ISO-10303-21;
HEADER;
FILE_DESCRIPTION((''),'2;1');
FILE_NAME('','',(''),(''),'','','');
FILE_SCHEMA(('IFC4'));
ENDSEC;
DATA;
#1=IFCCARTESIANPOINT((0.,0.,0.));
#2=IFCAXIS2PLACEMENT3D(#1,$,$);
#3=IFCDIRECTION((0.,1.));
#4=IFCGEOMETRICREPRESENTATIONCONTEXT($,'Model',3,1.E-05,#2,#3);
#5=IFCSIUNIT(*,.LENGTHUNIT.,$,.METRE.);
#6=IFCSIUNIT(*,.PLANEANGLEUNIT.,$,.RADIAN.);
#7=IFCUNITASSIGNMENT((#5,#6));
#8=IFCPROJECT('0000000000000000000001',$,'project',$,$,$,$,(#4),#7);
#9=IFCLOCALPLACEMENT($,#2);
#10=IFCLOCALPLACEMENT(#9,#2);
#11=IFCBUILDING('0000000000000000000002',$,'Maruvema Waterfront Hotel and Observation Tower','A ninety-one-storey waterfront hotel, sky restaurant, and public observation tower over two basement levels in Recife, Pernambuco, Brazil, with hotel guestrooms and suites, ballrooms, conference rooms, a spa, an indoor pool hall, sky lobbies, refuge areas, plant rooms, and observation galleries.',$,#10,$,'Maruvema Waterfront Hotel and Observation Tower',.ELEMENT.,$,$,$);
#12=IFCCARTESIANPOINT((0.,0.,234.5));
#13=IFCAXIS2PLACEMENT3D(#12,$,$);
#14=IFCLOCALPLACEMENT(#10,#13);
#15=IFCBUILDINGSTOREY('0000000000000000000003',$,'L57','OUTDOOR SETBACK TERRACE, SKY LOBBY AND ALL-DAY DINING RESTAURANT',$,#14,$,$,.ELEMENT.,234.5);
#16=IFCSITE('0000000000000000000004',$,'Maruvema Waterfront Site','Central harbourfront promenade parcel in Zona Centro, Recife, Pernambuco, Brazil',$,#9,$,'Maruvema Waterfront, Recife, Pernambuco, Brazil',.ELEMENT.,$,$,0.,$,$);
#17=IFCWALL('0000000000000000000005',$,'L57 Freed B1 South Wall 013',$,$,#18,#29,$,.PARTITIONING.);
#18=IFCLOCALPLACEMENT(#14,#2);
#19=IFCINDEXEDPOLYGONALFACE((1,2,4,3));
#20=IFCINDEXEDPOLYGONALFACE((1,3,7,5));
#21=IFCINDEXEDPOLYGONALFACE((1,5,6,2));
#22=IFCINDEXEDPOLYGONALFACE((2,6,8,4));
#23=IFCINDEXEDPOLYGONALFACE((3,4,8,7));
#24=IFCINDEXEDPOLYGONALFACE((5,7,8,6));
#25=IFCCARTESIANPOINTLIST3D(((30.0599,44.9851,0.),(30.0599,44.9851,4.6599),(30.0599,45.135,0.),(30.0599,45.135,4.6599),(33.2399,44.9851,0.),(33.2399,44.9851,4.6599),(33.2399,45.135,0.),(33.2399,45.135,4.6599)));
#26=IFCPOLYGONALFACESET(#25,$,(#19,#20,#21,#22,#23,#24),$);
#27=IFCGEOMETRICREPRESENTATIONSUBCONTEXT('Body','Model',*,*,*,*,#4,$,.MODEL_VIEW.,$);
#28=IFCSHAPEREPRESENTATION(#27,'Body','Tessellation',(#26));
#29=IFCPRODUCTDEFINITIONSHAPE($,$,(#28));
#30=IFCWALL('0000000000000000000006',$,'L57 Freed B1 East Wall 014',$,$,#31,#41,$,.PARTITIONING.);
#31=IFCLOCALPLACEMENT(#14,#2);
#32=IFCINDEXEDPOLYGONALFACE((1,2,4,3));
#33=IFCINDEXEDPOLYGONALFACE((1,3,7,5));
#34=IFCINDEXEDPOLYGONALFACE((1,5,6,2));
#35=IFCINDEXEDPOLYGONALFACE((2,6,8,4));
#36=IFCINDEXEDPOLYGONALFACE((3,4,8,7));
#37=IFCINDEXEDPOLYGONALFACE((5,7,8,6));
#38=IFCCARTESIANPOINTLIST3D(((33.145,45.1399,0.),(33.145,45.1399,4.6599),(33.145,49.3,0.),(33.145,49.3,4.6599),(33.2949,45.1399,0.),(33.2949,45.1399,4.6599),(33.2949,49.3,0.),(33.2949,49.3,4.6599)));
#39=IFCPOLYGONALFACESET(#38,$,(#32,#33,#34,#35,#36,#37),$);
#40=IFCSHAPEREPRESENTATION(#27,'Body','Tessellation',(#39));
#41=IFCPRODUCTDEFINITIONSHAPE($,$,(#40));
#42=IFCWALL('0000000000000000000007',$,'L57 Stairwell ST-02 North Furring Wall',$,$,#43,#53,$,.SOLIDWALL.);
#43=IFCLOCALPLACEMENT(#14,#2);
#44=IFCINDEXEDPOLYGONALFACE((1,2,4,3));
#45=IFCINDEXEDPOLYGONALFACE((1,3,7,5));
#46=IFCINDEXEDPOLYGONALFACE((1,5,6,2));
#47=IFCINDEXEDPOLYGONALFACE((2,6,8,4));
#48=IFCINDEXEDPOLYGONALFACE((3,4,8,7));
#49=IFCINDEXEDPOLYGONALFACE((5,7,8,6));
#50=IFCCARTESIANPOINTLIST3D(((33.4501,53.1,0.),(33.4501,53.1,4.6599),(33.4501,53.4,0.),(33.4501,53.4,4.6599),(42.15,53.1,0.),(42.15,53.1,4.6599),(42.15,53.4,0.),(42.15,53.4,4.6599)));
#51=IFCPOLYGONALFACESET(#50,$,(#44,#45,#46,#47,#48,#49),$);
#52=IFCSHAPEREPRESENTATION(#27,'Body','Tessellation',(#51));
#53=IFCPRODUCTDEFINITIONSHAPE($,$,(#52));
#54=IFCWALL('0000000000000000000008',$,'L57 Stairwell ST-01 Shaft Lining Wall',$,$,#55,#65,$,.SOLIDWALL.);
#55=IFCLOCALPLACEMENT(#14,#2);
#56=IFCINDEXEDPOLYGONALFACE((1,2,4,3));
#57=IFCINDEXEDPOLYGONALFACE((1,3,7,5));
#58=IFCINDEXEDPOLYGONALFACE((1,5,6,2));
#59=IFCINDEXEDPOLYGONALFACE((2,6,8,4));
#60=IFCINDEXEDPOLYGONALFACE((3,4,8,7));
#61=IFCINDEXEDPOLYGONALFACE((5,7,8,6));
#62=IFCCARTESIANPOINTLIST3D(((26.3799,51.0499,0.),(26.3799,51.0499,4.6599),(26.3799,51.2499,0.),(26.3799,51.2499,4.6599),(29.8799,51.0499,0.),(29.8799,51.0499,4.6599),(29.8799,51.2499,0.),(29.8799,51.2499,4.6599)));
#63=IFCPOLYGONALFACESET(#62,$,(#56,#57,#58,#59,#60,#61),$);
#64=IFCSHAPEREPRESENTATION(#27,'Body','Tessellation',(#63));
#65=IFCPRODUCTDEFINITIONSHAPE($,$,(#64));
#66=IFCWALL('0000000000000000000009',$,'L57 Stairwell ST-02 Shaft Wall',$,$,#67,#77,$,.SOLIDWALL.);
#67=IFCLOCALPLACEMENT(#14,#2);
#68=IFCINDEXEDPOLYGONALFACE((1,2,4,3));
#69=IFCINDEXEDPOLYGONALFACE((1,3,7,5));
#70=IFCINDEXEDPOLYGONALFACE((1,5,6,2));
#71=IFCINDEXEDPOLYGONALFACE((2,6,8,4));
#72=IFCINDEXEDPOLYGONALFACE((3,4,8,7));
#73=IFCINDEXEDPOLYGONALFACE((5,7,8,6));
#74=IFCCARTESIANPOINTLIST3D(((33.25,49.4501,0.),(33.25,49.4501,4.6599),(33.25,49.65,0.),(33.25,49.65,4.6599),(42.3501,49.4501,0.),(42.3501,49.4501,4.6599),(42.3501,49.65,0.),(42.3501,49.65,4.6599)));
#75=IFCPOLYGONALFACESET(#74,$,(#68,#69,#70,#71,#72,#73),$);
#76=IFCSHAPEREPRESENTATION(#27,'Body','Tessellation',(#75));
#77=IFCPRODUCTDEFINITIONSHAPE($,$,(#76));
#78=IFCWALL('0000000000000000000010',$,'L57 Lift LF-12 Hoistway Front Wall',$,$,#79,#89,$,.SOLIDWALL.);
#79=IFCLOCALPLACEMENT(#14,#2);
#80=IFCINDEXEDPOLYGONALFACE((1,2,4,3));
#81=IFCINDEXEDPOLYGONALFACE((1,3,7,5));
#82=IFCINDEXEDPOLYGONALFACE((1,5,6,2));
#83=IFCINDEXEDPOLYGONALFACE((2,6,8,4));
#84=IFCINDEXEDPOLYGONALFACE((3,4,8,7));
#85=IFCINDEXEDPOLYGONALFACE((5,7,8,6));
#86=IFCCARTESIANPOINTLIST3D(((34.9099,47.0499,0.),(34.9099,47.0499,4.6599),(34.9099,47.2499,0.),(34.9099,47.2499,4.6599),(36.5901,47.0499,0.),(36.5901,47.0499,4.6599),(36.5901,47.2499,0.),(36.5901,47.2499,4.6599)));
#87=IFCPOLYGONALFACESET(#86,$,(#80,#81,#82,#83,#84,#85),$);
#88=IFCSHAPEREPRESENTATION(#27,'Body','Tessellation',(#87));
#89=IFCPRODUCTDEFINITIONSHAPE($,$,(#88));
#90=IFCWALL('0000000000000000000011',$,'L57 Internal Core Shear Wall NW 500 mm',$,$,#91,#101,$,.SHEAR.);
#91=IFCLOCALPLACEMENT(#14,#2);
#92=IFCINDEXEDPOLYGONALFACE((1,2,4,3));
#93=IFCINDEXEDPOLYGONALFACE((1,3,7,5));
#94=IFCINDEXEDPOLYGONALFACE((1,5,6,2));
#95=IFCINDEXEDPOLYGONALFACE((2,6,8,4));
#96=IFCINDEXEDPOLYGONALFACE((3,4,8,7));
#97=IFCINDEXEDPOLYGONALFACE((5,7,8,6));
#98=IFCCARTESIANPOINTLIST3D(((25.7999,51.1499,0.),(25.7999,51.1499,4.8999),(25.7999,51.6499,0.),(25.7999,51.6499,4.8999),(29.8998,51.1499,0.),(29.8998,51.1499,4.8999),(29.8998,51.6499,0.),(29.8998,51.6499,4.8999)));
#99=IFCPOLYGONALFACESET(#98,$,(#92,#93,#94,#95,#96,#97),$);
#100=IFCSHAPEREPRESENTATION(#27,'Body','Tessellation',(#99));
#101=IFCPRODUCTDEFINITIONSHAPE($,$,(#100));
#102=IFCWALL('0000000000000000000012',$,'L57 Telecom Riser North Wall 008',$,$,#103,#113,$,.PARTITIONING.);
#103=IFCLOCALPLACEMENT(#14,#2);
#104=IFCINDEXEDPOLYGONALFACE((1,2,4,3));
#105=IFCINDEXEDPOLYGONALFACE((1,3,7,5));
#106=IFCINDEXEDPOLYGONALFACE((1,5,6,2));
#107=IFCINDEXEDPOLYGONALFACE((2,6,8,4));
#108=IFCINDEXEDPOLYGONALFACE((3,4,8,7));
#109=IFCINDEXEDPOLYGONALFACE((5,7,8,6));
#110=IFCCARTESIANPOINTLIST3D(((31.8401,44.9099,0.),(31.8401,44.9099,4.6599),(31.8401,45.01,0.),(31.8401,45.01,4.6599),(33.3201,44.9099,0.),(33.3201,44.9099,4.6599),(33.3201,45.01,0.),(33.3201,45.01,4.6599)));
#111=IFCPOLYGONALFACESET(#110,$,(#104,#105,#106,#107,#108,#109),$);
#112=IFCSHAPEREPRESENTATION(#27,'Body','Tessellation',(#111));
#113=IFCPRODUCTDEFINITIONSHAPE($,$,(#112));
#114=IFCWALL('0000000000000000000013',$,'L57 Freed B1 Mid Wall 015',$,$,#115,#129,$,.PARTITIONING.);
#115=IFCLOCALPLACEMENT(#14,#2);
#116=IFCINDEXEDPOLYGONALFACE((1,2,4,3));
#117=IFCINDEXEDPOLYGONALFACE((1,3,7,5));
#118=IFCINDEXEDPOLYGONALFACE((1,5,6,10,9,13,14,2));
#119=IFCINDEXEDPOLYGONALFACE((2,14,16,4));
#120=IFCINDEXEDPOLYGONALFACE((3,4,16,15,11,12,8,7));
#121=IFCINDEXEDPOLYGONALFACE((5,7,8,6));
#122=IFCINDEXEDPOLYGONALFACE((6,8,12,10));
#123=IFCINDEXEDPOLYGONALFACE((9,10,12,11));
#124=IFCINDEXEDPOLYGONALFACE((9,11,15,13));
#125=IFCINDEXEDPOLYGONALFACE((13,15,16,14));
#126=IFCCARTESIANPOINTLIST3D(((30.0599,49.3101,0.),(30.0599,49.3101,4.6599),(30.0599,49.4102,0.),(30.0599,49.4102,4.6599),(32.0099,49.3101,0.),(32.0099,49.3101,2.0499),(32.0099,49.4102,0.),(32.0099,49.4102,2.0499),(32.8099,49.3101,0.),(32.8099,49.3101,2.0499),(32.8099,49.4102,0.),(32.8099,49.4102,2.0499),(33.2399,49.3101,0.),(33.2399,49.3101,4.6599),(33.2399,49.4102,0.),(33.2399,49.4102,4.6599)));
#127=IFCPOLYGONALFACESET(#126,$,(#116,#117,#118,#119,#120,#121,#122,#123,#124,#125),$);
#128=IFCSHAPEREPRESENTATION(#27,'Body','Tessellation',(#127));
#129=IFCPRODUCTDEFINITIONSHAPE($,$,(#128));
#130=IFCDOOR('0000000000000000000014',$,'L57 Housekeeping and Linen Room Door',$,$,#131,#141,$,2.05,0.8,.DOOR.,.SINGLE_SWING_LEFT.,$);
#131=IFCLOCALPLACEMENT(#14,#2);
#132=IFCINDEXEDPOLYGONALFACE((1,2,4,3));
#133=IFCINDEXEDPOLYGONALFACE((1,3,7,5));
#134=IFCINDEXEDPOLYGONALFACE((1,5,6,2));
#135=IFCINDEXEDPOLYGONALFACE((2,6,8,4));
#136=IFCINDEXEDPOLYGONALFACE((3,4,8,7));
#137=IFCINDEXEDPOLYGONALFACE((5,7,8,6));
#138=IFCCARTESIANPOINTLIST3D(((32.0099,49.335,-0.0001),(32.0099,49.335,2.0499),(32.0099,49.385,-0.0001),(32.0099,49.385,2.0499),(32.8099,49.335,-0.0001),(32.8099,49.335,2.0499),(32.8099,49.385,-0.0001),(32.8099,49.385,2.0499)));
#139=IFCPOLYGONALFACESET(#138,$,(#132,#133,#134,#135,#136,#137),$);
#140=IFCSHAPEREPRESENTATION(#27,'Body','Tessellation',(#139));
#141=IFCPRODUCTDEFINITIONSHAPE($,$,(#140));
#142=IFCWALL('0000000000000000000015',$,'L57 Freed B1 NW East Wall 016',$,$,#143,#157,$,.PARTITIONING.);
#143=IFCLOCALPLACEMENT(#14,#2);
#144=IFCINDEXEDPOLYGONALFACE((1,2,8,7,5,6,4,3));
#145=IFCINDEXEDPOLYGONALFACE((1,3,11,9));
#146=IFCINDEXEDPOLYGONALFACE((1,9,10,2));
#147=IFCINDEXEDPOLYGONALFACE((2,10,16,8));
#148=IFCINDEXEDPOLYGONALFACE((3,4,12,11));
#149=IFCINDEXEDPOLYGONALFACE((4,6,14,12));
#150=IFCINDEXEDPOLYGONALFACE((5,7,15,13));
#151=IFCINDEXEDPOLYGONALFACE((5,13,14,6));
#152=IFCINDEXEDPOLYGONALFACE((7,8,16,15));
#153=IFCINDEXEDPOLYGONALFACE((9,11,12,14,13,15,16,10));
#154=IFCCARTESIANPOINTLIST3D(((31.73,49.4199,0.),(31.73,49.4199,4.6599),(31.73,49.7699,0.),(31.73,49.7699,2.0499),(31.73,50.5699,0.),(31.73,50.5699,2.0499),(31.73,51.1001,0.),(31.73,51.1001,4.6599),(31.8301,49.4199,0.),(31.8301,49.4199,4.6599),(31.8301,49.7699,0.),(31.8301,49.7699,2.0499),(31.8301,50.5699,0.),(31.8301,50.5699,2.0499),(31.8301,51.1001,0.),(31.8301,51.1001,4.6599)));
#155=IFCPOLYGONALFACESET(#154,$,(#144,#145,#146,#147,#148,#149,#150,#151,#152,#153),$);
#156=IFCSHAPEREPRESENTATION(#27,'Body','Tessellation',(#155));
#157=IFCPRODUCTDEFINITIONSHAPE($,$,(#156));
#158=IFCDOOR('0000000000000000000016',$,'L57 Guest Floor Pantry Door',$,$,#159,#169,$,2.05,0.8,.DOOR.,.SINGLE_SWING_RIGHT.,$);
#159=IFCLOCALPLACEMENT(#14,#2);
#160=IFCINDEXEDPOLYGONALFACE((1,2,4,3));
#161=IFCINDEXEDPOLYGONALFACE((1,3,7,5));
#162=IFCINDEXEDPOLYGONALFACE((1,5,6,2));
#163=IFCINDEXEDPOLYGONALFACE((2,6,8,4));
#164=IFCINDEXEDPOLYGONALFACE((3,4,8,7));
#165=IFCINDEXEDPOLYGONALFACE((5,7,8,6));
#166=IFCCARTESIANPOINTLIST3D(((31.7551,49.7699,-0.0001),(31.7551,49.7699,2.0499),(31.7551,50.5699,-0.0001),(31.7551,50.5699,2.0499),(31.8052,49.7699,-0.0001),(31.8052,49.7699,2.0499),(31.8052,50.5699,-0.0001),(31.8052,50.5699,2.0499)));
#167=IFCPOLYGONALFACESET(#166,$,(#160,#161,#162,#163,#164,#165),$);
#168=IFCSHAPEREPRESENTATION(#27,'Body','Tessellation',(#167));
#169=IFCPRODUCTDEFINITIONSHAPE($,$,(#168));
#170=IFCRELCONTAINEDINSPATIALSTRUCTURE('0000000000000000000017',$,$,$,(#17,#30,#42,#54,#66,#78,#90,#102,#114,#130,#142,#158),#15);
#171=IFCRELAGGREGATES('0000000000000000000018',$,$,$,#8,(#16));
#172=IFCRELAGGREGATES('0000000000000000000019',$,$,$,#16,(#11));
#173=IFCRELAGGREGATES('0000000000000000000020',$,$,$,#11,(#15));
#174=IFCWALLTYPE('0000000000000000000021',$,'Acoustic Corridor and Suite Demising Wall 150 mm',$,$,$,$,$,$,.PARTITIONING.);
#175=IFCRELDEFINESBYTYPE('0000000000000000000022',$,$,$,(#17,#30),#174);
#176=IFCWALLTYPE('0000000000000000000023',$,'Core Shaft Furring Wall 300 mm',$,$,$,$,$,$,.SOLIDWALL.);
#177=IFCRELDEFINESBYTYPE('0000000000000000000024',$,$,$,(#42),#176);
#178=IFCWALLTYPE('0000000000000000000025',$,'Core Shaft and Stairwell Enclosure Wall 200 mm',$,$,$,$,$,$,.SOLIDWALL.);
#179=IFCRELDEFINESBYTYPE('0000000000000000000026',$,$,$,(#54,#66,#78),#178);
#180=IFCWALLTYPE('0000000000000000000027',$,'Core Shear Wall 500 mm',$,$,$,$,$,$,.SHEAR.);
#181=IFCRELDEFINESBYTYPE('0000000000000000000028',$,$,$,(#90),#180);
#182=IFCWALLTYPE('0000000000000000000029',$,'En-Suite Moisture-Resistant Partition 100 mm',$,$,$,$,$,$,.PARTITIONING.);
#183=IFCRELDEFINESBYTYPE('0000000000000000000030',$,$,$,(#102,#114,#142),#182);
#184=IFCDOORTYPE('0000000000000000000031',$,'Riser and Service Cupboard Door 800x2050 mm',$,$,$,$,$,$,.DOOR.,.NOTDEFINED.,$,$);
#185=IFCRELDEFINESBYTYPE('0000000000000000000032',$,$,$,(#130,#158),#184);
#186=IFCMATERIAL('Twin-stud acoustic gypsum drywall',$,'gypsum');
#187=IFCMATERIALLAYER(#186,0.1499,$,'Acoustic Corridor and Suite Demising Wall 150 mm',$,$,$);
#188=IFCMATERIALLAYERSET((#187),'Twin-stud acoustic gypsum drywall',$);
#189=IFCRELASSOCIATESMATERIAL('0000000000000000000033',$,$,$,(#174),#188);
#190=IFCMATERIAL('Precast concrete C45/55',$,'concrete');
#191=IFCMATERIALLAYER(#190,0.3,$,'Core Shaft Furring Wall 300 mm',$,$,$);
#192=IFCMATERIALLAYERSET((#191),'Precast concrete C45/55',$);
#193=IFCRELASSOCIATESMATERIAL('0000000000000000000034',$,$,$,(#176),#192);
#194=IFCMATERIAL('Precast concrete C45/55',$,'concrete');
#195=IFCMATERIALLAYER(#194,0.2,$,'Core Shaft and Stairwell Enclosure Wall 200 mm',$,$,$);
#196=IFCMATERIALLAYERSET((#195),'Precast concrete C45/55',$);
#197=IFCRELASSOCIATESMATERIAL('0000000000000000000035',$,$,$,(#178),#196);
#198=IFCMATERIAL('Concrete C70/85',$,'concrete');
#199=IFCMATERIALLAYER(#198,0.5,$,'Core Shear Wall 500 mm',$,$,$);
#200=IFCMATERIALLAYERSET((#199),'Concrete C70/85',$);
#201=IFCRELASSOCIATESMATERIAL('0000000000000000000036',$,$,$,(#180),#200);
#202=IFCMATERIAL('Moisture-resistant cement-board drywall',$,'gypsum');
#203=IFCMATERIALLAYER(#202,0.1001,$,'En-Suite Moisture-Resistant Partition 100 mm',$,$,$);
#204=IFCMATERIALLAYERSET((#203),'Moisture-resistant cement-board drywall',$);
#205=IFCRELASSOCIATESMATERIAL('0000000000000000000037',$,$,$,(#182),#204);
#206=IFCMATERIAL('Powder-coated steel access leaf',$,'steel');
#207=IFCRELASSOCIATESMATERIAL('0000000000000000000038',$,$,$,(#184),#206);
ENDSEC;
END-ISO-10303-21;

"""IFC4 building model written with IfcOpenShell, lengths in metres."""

from ifc_helpers import new_model, si_unit, direction, frame, frame_2d, origin, place, context, subcontext, project, spatial, rectangle, extrude, material, layer, layer_set, type_object, element, fill, save


model = new_model("IFC4")

# Units and contexts
model_context = context("Model", 3, precision=1e-05, world=origin(), true_north=direction((0.0, 1.0)))
body_context = subcontext(model_context, "Body", "Model", "MODEL_VIEW")
ifc_project = project(units=[si_unit("LENGTHUNIT", "METRE"), si_unit("PLANEANGLEUNIT", "RADIAN")], contexts=[model_context])

# Site, building, storey
site_placement = place(None, origin())
site = spatial("IfcSite", under=ifc_project, at=site_placement, Name="Maruvema Waterfront Site", Description="Central harbourfront promenade parcel in Zona Centro, Recife, Pernambuco, Brazil", LongName="Maruvema Waterfront, Recife, Pernambuco, Brazil", CompositionType="ELEMENT", RefElevation=0.0)
building_placement = place(site_placement, origin())
building = spatial("IfcBuilding", under=site, at=building_placement, Name="Maruvema Waterfront Hotel and Observation Tower", Description="A ninety-one-storey waterfront hotel, sky restaurant, and public observation tower over two basement levels in Recife, Pernambuco, Brazil, with hotel guestrooms and suites, ballrooms, conference rooms, a spa, an indoor pool hall, sky lobbies, refuge areas, plant rooms, and observation galleries.", LongName="Maruvema Waterfront Hotel and Observation Tower", CompositionType="ELEMENT")
storey_placement = place(building_placement, frame((0.0, 0.0, 234.5)))
storey = spatial("IfcBuildingStorey", under=building, at=storey_placement, Name="L57", Description="OUTDOOR SETBACK TERRACE, SKY LOBBY AND ALL-DAY DINING RESTAURANT", CompositionType="ELEMENT", Elevation=234.5)

# Walls
ifc_material_1 = material(Name="Twin-stud acoustic gypsum drywall", Category="gypsum")
ifc_layer_1 = layer(ifc_material_1, 0.1499, Name="Acoustic Corridor and Suite Demising Wall 150 mm")
ifc_layer_set_1 = layer_set([ifc_layer_1], Name="Twin-stud acoustic gypsum drywall")
wall_type_1 = type_object("IfcWallType", Name="Acoustic Corridor and Suite Demising Wall 150 mm", PredefinedType="PARTITIONING", material=ifc_layer_set_1)
wall_1_placement = place(storey_placement, frame((30.0601, 45.0601, 0.0), z_axis=(0.0, 0.0, 1.0), x_axis=(1.0, 0.0, 0.0)))
element("IfcWall", 1, at=wall_1_placement, inside=storey, type_object=wall_type_1, Name="L57 Freed B1 South Wall 013", PredefinedType="PARTITIONING", context=body_context, shape_type="SweptSolid", body=[
    extrude(rectangle(XDim=3.1799, YDim=0.1499, at=frame_2d((1.5898, 0.0))), origin(), (0.0, 0.0, 1.0), 4.6599),
])
wall_2_placement = place(storey_placement, frame((33.22, 45.1399, 0.0), z_axis=(0.0, 0.0, 1.0), x_axis=(0.0, 1.0, 0.0)))
element("IfcWall", 2, at=wall_2_placement, inside=storey, type_object=wall_type_1, Name="L57 Freed B1 East Wall 014", PredefinedType="PARTITIONING", context=body_context, shape_type="SweptSolid", body=[
    extrude(rectangle(XDim=4.1602, YDim=0.1499, at=frame_2d((2.0801, 0.0))), origin(), (0.0, 0.0, 1.0), 4.6599),
])
ifc_material_2 = material(Name="Precast concrete C45/55", Category="concrete")
ifc_layer_2 = layer(ifc_material_2, 0.3, Name="Core Shaft Furring Wall 300 mm")
ifc_layer_set_2 = layer_set([ifc_layer_2], Name="Precast concrete C45/55")
wall_type_2 = type_object("IfcWallType", Name="Core Shaft Furring Wall 300 mm", PredefinedType="SOLIDWALL", material=ifc_layer_set_2)
wall_3_placement = place(storey_placement, frame((33.45, 53.25, 0.0), z_axis=(0.0, 0.0, 1.0), x_axis=(1.0, 0.0, 0.0)))
element("IfcWall", 3, at=wall_3_placement, inside=storey, type_object=wall_type_2, Name="L57 Stairwell ST-02 North Furring Wall", PredefinedType="SOLIDWALL", context=body_context, shape_type="SweptSolid", body=[
    extrude(rectangle(XDim=8.7, YDim=0.3, at=frame_2d((4.3501, 0.0))), origin(), (0.0, 0.0, 1.0), 4.6599),
])
ifc_material_3 = material(Name="Precast concrete C45/55", Category="concrete")
ifc_layer_3 = layer(ifc_material_3, 0.2, Name="Core Shaft and Stairwell Enclosure Wall 200 mm")
ifc_layer_set_3 = layer_set([ifc_layer_3], Name="Precast concrete C45/55")
wall_type_3 = type_object("IfcWallType", Name="Core Shaft and Stairwell Enclosure Wall 200 mm", PredefinedType="SOLIDWALL", material=ifc_layer_set_3)
wall_4_placement = place(storey_placement, frame((26.3799, 51.1499, 0.0), z_axis=(0.0, 0.0, 1.0), x_axis=(1.0, 0.0, 0.0)))
element("IfcWall", 4, at=wall_4_placement, inside=storey, type_object=wall_type_3, Name="L57 Stairwell ST-01 Shaft Lining Wall", PredefinedType="SOLIDWALL", context=body_context, shape_type="SweptSolid", body=[
    extrude(rectangle(XDim=3.5, YDim=0.2, at=frame_2d((1.75, 0.0))), origin(), (0.0, 0.0, 1.0), 4.6599),
])
wall_5_placement = place(storey_placement, frame((33.25, 49.55, 0.0), z_axis=(0.0, 0.0, 1.0), x_axis=(1.0, 0.0, 0.0)))
element("IfcWall", 5, at=wall_5_placement, inside=storey, type_object=wall_type_3, Name="L57 Stairwell ST-02 Shaft Wall", PredefinedType="SOLIDWALL", context=body_context, shape_type="SweptSolid", body=[
    extrude(rectangle(XDim=9.1001, YDim=0.2, at=frame_2d((4.55, 0.0))), origin(), (0.0, 0.0, 1.0), 4.6599),
])

# Walls
wall_6_placement = place(storey_placement, frame((34.9099, 47.1499, 0.0), z_axis=(0.0, 0.0, 1.0), x_axis=(1.0, 0.0, 0.0)))
element("IfcWall", 6, at=wall_6_placement, inside=storey, type_object=wall_type_3, Name="L57 Lift LF-12 Hoistway Front Wall", PredefinedType="SOLIDWALL", context=body_context, shape_type="SweptSolid", body=[
    extrude(rectangle(XDim=1.6802, YDim=0.2, at=frame_2d((0.8401, 0.0))), origin(), (0.0, 0.0, 1.0), 4.6599),
])
ifc_material_4 = material(Name="Concrete C70/85", Category="concrete")
ifc_layer_4 = layer(ifc_material_4, 0.5, Name="Core Shear Wall 500 mm")
ifc_layer_set_4 = layer_set([ifc_layer_4], Name="Concrete C70/85")
wall_type_4 = type_object("IfcWallType", Name="Core Shear Wall 500 mm", PredefinedType="SHEAR", material=ifc_layer_set_4)
wall_7_placement = place(storey_placement, frame((25.8, 51.3999, 0.0), z_axis=(0.0, 0.0, 1.0), x_axis=(1.0, 0.0, 0.0)))
element("IfcWall", 7, at=wall_7_placement, inside=storey, type_object=wall_type_4, Name="L57 Internal Core Shear Wall NW 500 mm", PredefinedType="SHEAR", context=body_context, shape_type="SweptSolid", body=[
    extrude(rectangle(XDim=4.0999, YDim=0.5, at=frame_2d((2.0498, 0.0))), origin(), (0.0, 0.0, 1.0), 4.8999),
])
ifc_material_5 = material(Name="Moisture-resistant cement-board drywall", Category="gypsum")
ifc_layer_5 = layer(ifc_material_5, 0.1001, Name="En-Suite Moisture-Resistant Partition 100 mm")
ifc_layer_set_5 = layer_set([ifc_layer_5], Name="Moisture-resistant cement-board drywall")
wall_type_5 = type_object("IfcWallType", Name="En-Suite Moisture-Resistant Partition 100 mm", PredefinedType="PARTITIONING", material=ifc_layer_set_5)
wall_8_placement = place(storey_placement, frame((31.8401, 44.96, 0.0), z_axis=(0.0, 0.0, 1.0), x_axis=(1.0, 0.0, 0.0)))
element("IfcWall", 8, at=wall_8_placement, inside=storey, type_object=wall_type_5, Name="L57 Telecom Riser North Wall 008", PredefinedType="PARTITIONING", context=body_context, shape_type="SweptSolid", body=[
    extrude(rectangle(XDim=1.48, YDim=0.1001, at=frame_2d((0.74, 0.0))), origin(), (0.0, 0.0, 1.0), 4.6599),
])

# Walls, openings, doors
wall_9_placement = place(storey_placement, frame((30.0601, 49.3601, 0.0), z_axis=(0.0, 0.0, 1.0), x_axis=(1.0, 0.0, 0.0)))
wall_9 = element("IfcWall", 9, at=wall_9_placement, inside=storey, type_object=wall_type_5, Name="L57 Freed B1 Mid Wall 015", PredefinedType="PARTITIONING", context=body_context, shape_type="SweptSolid", body=[
    extrude(rectangle(XDim=3.1799, YDim=0.1001, at=frame_2d((1.5898, 0.0))), origin(), (0.0, 0.0, 1.0), 4.6599),
])
opening_1_placement = place(wall_9_placement, frame((1.95, 0.0, 0.0)))
opening_1 = element("IfcOpeningElement", 10, at=opening_1_placement, cuts=wall_9, PredefinedType="OPENING", context=body_context, shape_type="SweptSolid", body=[
    extrude(rectangle(XDim=0.8, YDim=2.05, at=frame_2d((0.3999, 1.0249))), frame((0.0, 0.0601, 0.0), z_axis=(0.0, -1.0, 0.0), x_axis=(1.0, 0.0, 0.0)), (0.0, 0.0, 1.0), 0.1201),
])
ifc_material_6 = material(Name="Powder-coated steel access leaf", Category="steel")
door_type_1 = type_object("IfcDoorType", Name="Riser and Service Cupboard Door 800x2050 mm", OperationType="NOTDEFINED", PredefinedType="DOOR", material=ifc_material_6)
door_1_placement = place(opening_1_placement, origin())
door_1 = element("IfcDoor", 11, at=door_1_placement, inside=storey, type_object=door_type_1, Name="L57 Housekeeping and Linen Room Door", OperationType="SINGLE_SWING_LEFT", OverallHeight=2.05, OverallWidth=0.8, PredefinedType="DOOR", context=body_context, shape_type="SweptSolid", body=[
    extrude(rectangle(XDim=0.8, YDim=2.05, at=frame_2d((0.3999, 1.0249))), frame((0.0, 0.0249, 0.0), z_axis=(0.0, -1.0, 0.0), x_axis=(1.0, 0.0, 0.0)), (0.0, 0.0, 1.0), 0.05),
])
fill(opening_1, door_1)
wall_10_placement = place(storey_placement, frame((31.78, 49.4199, 0.0), z_axis=(0.0, 0.0, 1.0), x_axis=(0.0, 1.0, 0.0)))
wall_10 = element("IfcWall", 12, at=wall_10_placement, inside=storey, type_object=wall_type_5, Name="L57 Freed B1 NW East Wall 016", PredefinedType="PARTITIONING", context=body_context, shape_type="SweptSolid", body=[
    extrude(rectangle(XDim=1.6802, YDim=0.1001, at=frame_2d((0.8401, 0.0))), origin(), (0.0, 0.0, 1.0), 4.6599),
])
opening_2_placement = place(wall_10_placement, frame((0.3501, 0.0, 0.0)))
opening_2 = element("IfcOpeningElement", 13, at=opening_2_placement, cuts=wall_10, PredefinedType="OPENING", context=body_context, shape_type="SweptSolid", body=[
    extrude(rectangle(XDim=0.8, YDim=2.05, at=frame_2d((0.3999, 1.0249))), frame((0.0, 0.0601, 0.0), z_axis=(0.0, -1.0, 0.0), x_axis=(1.0, 0.0, 0.0)), (0.0, 0.0, 1.0), 0.1201),
])
door_2_placement = place(opening_2_placement, origin())
door_2 = element("IfcDoor", 14, at=door_2_placement, inside=storey, type_object=door_type_1, Name="L57 Guest Floor Pantry Door", OperationType="SINGLE_SWING_RIGHT", OverallHeight=2.05, OverallWidth=0.8, PredefinedType="DOOR", context=body_context, shape_type="SweptSolid", body=[
    extrude(rectangle(XDim=0.8, YDim=2.05, at=frame_2d((0.3999, 1.0249))), frame((0.0, 0.0249, 0.0), z_axis=(0.0, -1.0, 0.0), x_axis=(1.0, 0.0, 0.0)), (0.0, 0.0, 1.0), 0.05),
])
fill(opening_2, door_2)

save(model, "model.ifc")
